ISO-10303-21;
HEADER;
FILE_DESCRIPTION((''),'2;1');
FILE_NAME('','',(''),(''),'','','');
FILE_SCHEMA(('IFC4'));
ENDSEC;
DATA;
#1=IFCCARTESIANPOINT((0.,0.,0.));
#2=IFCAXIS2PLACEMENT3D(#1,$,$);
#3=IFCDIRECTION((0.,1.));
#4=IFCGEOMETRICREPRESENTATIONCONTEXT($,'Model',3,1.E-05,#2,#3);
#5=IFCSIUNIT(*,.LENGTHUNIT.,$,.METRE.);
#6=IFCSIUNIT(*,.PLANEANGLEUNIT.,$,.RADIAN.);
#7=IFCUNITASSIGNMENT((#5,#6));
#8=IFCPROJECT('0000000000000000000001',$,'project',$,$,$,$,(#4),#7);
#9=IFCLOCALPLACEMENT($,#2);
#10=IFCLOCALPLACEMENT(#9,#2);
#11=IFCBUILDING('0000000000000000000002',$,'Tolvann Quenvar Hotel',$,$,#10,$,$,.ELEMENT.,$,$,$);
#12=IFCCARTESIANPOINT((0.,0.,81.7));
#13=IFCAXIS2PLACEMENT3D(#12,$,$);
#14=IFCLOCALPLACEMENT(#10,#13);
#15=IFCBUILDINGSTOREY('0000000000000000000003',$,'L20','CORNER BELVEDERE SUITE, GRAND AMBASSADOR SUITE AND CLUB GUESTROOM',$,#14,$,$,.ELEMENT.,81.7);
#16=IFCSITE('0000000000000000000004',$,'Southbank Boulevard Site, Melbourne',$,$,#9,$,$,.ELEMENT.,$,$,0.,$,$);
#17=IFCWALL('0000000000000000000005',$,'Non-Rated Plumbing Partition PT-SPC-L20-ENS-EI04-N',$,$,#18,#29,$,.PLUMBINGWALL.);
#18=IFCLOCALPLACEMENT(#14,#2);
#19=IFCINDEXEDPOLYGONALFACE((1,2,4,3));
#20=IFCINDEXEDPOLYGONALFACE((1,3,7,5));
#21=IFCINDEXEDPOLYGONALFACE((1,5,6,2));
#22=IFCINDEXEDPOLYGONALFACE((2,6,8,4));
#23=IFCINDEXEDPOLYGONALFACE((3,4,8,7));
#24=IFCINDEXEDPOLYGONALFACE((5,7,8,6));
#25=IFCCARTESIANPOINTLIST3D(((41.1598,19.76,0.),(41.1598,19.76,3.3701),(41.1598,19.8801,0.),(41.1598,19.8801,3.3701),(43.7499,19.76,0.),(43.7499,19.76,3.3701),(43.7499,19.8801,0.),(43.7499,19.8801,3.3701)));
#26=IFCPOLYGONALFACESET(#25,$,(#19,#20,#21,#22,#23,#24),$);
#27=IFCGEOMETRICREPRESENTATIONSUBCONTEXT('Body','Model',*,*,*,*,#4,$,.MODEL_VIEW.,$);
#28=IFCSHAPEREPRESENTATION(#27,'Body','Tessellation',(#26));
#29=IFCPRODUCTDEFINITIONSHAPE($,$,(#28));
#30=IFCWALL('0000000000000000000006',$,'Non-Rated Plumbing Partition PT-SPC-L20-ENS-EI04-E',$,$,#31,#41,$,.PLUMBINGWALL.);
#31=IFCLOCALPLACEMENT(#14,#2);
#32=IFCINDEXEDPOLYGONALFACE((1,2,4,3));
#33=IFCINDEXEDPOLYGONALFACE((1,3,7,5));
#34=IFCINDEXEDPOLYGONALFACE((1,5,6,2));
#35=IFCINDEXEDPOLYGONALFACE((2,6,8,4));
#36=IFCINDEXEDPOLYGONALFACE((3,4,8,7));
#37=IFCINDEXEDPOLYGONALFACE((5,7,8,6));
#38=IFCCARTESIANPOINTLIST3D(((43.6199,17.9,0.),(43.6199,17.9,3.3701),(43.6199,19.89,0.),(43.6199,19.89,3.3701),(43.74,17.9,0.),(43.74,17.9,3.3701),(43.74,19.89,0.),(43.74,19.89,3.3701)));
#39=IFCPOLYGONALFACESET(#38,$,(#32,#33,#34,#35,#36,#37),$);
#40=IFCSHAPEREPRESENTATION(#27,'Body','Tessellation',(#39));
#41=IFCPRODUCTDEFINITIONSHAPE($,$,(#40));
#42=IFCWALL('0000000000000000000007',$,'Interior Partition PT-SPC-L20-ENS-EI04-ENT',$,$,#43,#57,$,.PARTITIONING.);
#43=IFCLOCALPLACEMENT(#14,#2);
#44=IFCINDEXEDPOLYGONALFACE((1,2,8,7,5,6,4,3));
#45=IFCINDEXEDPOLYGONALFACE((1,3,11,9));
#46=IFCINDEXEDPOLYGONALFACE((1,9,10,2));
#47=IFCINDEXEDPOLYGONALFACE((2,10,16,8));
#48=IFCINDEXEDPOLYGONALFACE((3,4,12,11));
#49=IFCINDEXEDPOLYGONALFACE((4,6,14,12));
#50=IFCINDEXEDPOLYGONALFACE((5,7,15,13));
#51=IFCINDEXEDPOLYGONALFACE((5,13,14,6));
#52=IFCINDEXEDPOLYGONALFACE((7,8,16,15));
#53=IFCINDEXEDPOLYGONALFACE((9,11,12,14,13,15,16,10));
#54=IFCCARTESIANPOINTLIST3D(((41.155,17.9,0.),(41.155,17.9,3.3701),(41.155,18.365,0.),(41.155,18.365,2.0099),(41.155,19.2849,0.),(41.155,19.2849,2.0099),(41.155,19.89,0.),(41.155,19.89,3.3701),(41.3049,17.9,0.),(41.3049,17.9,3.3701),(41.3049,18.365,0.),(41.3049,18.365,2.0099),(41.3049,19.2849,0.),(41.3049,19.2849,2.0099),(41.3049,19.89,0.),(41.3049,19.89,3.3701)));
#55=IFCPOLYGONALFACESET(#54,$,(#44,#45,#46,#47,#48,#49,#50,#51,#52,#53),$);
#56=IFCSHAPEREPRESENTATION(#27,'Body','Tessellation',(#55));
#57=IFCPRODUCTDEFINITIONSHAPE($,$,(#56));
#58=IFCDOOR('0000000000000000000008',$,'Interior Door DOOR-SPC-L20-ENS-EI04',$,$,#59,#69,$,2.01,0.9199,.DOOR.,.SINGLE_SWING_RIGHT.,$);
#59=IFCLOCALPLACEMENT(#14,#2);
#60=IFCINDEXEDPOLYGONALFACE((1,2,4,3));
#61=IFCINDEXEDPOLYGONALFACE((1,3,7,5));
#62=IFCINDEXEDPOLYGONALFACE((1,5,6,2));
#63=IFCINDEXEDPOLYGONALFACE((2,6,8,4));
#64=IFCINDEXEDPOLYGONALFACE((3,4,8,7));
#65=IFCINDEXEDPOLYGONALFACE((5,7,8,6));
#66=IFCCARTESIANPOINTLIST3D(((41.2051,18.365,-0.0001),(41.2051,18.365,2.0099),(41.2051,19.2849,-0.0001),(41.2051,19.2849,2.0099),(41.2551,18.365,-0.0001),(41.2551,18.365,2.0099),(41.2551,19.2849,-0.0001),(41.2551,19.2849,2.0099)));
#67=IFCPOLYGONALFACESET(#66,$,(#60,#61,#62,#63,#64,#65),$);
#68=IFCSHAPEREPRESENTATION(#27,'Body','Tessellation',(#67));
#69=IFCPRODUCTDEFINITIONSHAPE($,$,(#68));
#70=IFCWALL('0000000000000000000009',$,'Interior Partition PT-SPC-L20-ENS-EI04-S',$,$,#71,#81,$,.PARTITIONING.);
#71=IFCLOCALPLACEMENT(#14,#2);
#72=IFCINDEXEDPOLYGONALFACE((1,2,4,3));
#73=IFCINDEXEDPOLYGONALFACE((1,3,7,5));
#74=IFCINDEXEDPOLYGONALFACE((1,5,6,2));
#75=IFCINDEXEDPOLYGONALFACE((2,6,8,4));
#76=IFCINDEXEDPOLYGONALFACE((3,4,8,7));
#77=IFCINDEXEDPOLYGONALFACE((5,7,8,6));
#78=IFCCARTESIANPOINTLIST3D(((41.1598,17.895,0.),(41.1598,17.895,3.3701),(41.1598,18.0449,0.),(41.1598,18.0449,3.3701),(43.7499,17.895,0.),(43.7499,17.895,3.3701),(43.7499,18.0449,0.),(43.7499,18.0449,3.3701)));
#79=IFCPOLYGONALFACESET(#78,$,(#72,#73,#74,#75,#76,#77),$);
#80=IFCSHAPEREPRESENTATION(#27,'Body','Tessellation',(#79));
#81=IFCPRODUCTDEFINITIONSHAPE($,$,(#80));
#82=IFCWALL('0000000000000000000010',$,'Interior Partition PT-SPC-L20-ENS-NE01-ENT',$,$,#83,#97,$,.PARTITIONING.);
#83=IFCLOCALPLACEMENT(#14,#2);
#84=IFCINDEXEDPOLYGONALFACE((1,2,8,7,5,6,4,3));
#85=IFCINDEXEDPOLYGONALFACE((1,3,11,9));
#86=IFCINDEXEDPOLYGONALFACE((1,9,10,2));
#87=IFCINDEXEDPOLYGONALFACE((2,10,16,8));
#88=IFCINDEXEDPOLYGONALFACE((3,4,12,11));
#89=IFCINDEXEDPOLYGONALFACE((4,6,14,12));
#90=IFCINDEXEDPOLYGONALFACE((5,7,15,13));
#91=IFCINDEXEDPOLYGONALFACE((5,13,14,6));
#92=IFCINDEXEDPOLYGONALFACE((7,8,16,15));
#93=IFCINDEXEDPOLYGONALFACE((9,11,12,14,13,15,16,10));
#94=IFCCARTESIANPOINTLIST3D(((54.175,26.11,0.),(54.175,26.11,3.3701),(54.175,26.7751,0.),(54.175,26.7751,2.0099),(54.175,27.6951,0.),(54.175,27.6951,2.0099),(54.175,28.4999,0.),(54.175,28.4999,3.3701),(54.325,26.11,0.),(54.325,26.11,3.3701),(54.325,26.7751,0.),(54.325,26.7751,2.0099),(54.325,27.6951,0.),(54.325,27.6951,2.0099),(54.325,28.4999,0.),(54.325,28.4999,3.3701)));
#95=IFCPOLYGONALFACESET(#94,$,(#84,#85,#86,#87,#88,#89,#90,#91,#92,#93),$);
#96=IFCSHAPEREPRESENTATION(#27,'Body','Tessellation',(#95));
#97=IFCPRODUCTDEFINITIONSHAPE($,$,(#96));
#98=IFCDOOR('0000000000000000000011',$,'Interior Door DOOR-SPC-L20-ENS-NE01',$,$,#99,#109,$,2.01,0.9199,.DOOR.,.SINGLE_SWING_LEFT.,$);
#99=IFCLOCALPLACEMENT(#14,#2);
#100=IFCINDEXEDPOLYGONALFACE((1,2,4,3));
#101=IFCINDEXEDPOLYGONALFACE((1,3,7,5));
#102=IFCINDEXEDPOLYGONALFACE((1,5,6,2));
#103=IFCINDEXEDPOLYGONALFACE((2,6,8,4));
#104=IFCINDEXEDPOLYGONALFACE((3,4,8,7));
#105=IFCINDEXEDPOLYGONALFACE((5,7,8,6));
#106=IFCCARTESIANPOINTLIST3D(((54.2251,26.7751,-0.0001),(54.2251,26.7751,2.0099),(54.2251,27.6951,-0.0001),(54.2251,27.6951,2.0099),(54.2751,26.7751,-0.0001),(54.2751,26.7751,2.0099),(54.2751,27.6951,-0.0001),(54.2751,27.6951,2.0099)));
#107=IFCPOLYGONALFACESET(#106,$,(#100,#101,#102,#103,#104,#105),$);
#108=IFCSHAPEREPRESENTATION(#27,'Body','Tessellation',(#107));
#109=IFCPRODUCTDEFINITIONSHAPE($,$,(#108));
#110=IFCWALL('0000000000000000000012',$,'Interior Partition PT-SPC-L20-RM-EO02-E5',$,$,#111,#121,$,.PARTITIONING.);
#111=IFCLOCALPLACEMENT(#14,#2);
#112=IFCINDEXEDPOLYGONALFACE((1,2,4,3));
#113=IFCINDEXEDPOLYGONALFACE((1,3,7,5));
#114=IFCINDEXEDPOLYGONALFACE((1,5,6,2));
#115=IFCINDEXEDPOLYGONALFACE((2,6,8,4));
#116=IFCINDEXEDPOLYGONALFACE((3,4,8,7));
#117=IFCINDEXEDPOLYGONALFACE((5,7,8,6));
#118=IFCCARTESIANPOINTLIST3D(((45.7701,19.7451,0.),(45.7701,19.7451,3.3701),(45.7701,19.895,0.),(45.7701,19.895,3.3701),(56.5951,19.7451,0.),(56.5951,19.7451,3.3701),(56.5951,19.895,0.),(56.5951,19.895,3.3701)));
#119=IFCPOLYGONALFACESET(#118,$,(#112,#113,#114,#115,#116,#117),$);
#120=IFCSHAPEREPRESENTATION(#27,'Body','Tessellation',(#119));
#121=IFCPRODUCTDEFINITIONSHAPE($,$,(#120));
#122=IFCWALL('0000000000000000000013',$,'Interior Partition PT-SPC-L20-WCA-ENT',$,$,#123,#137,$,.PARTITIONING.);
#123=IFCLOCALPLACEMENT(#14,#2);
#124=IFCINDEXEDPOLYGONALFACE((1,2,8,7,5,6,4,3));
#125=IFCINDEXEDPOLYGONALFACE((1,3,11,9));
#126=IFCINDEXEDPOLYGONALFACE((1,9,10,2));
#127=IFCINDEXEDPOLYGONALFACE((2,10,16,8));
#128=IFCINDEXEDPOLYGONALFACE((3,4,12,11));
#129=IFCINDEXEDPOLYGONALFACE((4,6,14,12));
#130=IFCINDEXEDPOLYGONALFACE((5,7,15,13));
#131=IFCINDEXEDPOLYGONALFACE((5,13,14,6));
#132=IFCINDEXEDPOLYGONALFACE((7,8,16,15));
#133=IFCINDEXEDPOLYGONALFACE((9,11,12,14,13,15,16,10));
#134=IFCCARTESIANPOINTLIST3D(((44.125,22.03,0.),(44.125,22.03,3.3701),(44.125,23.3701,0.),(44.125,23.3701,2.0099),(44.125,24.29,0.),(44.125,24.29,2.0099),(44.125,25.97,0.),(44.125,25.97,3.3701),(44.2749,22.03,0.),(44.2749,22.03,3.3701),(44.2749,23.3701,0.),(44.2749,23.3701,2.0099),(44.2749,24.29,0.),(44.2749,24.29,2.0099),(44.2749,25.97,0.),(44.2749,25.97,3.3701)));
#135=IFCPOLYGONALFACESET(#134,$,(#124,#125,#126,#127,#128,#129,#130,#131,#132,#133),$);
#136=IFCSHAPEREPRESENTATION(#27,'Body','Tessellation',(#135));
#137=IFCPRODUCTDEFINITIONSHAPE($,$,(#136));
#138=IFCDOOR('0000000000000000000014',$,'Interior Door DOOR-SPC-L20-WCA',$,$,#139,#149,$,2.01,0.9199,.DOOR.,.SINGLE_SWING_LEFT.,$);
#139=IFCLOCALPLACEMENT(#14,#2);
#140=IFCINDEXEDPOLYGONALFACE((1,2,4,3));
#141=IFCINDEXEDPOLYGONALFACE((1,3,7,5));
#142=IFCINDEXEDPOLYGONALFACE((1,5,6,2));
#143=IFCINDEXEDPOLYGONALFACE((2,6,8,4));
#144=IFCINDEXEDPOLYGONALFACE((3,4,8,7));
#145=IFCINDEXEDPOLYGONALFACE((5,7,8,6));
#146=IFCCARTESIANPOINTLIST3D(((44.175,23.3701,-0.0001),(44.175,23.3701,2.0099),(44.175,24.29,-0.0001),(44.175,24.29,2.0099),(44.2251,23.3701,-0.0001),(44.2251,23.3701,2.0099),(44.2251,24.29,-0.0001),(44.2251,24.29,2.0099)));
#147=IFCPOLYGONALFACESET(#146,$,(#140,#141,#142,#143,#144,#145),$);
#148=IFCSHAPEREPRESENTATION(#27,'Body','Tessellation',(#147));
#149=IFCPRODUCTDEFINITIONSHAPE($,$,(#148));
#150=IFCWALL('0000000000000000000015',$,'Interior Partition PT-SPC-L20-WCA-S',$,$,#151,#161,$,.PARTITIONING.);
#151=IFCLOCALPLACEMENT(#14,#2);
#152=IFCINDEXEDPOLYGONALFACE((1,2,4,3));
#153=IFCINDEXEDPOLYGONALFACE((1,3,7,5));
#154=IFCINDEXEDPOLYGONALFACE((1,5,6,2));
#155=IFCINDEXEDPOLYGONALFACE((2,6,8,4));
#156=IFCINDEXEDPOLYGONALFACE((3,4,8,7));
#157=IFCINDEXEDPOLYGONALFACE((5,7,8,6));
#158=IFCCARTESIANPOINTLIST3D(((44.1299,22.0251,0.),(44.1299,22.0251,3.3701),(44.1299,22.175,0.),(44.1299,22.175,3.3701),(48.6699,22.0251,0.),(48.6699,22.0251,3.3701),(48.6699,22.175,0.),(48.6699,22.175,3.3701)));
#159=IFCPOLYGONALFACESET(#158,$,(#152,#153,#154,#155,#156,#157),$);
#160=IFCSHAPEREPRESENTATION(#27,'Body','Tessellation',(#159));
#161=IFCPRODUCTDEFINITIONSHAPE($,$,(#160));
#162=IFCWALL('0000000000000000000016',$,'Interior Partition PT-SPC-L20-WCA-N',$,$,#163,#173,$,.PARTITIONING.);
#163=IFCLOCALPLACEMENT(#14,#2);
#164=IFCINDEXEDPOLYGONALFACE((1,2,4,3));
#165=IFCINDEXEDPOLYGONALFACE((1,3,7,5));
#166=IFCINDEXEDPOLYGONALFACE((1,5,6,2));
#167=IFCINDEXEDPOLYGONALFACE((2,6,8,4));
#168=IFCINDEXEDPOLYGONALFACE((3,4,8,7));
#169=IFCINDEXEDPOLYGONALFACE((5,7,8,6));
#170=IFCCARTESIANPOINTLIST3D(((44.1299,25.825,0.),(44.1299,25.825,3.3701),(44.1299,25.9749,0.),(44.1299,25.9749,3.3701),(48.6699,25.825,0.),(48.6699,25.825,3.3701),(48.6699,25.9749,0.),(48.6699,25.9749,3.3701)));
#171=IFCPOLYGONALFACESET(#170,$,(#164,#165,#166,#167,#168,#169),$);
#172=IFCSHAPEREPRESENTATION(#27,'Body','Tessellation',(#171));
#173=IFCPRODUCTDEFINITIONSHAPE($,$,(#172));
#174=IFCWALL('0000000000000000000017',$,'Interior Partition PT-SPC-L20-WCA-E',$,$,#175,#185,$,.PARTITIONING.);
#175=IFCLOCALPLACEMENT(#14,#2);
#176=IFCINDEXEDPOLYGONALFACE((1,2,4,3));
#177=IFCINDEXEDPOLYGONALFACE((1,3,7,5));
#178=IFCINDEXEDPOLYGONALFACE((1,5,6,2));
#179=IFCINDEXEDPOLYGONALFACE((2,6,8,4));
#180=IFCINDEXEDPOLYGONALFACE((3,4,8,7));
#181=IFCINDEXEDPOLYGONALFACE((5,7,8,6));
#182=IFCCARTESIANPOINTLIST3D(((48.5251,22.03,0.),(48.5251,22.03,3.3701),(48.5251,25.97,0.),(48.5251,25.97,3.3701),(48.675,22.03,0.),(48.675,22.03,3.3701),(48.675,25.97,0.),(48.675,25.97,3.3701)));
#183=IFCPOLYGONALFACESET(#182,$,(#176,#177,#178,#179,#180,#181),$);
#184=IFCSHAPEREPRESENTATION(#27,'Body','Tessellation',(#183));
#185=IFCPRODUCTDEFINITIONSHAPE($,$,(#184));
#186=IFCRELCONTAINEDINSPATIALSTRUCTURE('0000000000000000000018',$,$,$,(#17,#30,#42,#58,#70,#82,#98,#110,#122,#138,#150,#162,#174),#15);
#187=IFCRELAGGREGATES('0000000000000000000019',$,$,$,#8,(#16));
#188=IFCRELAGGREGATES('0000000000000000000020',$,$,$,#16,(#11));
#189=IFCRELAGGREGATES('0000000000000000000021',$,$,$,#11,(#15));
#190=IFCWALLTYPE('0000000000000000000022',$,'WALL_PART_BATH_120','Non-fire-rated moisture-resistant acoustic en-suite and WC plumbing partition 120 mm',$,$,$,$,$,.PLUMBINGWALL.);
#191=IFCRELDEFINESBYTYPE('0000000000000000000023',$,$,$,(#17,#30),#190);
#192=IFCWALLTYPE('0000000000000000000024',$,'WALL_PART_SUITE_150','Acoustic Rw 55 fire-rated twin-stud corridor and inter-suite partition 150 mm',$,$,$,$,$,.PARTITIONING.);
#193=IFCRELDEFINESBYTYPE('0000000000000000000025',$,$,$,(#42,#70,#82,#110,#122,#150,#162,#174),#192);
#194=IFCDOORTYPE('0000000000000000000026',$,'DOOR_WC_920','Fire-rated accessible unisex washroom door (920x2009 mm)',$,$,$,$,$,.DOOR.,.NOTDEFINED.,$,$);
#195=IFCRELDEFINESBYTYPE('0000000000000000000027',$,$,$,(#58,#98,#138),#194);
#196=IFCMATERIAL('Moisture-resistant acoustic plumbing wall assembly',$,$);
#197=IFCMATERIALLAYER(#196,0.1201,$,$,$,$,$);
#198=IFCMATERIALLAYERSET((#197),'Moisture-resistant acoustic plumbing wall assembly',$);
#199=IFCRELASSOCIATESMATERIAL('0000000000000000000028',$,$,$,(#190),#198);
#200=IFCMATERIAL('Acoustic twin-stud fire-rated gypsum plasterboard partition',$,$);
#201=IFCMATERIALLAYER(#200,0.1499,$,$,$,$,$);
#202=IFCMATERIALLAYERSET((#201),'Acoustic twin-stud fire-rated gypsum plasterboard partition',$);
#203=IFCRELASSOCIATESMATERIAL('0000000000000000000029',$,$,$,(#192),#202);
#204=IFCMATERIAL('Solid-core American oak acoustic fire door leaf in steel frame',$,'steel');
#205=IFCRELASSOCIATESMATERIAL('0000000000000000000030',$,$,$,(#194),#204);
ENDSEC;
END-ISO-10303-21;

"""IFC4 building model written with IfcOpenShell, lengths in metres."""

from ifc_helpers import new_model, si_unit, direction, frame, frame_2d, origin, place, context, subcontext, project, spatial, rectangle, extrude, source, transform, mapped, material, layer, layer_set, type_object, type_shapes, element, fill, save


model = new_model("IFC4")

# Units and contexts
model_context = context("Model", 3, precision=1e-05, world=origin(), true_north=direction((0.0, 1.0)))
body_context = subcontext(model_context, "Body", "Model", "MODEL_VIEW")
ifc_project = project(units=[si_unit("LENGTHUNIT", "METRE"), si_unit("PLANEANGLEUNIT", "RADIAN")], contexts=[model_context])

# Site, building, storey
site_placement = place(None, origin())
site = spatial("IfcSite", under=ifc_project, at=site_placement, Name="Southbank Boulevard Site, Melbourne", CompositionType="ELEMENT", RefElevation=0.0)
building_placement = place(site_placement, origin())
building = spatial("IfcBuilding", under=site, at=building_placement, Name="Tolvann Quenvar Hotel", CompositionType="ELEMENT")
storey_placement = place(building_placement, frame((0.0, 0.0, 81.7)))
storey = spatial("IfcBuildingStorey", under=building, at=storey_placement, Name="L20", Description="CORNER BELVEDERE SUITE, GRAND AMBASSADOR SUITE AND CLUB GUESTROOM", CompositionType="ELEMENT", Elevation=81.7)

# Walls
ifc_material_1 = material(Name="Moisture-resistant acoustic plumbing wall assembly")
ifc_layer_1 = layer(ifc_material_1, 0.1201)
ifc_layer_set_1 = layer_set([ifc_layer_1], Name="Moisture-resistant acoustic plumbing wall assembly")
wall_type_1 = type_object("IfcWallType", Name="WALL_PART_BATH_120", Description="Non-fire-rated moisture-resistant acoustic en-suite and WC plumbing partition 120 mm", PredefinedType="PLUMBINGWALL", material=ifc_layer_set_1)
wall_1_placement = place(storey_placement, frame((41.1599, 19.8201, 0.0), z_axis=(0.0, 0.0, 1.0), x_axis=(1.0, 0.0, 0.0)))
element("IfcWall", 1, at=wall_1_placement, inside=storey, type_object=wall_type_1, Name="Non-Rated Plumbing Partition PT-SPC-L20-ENS-EI04-N", PredefinedType="PLUMBINGWALL", context=body_context, shape_type="SweptSolid", body=[
    extrude(rectangle(XDim=2.5901, YDim=0.1201, at=frame_2d((1.2949, 0.0))), origin(), (0.0, 0.0, 1.0), 3.3701),
])
wall_2_placement = place(storey_placement, frame((43.6799, 17.8999, 0.0), z_axis=(0.0, 0.0, 1.0), x_axis=(0.0, 1.0, 0.0)))
element("IfcWall", 2, at=wall_2_placement, inside=storey, type_object=wall_type_1, Name="Non-Rated Plumbing Partition PT-SPC-L20-ENS-EI04-E", PredefinedType="PLUMBINGWALL", context=body_context, shape_type="SweptSolid", body=[
    extrude(rectangle(XDim=1.99, YDim=0.1201, at=frame_2d((0.9951, 0.0))), origin(), (0.0, 0.0, 1.0), 3.3701),
])

# Wall, opening, door
ifc_material_2 = material(Name="Acoustic twin-stud fire-rated gypsum plasterboard partition")
ifc_layer_2 = layer(ifc_material_2, 0.1499)
ifc_layer_set_2 = layer_set([ifc_layer_2], Name="Acoustic twin-stud fire-rated gypsum plasterboard partition")
wall_type_2 = type_object("IfcWallType", Name="WALL_PART_SUITE_150", Description="Acoustic Rw 55 fire-rated twin-stud corridor and inter-suite partition 150 mm", PredefinedType="PARTITIONING", material=ifc_layer_set_2)
wall_3_placement = place(storey_placement, frame((41.23, 17.8999, 0.0), z_axis=(0.0, 0.0, 1.0), x_axis=(0.0, 1.0, 0.0)))
wall_3 = element("IfcWall", 3, at=wall_3_placement, inside=storey, type_object=wall_type_2, Name="Interior Partition PT-SPC-L20-ENS-EI04-ENT", PredefinedType="PARTITIONING", context=body_context, shape_type="SweptSolid", body=[
    extrude(rectangle(XDim=1.99, YDim=0.1499, at=frame_2d((0.9951, 0.0))), origin(), (0.0, 0.0, 1.0), 3.3701),
])
opening_1_placement = place(wall_3_placement, frame((0.4651, 0.0, 0.0)))
opening_1 = element("IfcOpeningElement", 4, at=opening_1_placement, cuts=wall_3, PredefinedType="OPENING", context=body_context, shape_type="SweptSolid", body=[
    extrude(rectangle(XDim=0.9199, YDim=2.01, at=frame_2d((0.46, 1.0049))), frame((0.0, 0.085, 0.0), z_axis=(0.0, -1.0, 0.0), x_axis=(1.0, 0.0, 0.0)), (0.0, 0.0, 1.0), 0.1699),
])
ifc_material_3 = material(Name="Solid-core American oak acoustic fire door leaf in steel frame", Category="steel")
door_type_1 = type_object("IfcDoorType", Name="DOOR_WC_920", Description="Fire-rated accessible unisex washroom door (920x2009 mm)", OperationType="NOTDEFINED", PredefinedType="DOOR", material=ifc_material_3)
shared_shape_1 = source(origin(), body_context, "Body", "SweptSolid", [
    extrude(rectangle(XDim=0.9199, YDim=2.01, at=frame_2d((0.46, 1.0049))), frame((0.0, 0.0249, 0.0), z_axis=(0.0, -1.0, 0.0), x_axis=(1.0, 0.0, 0.0)), (0.0, 0.0, 1.0), 0.05),
])
type_shapes(door_type_1, [shared_shape_1])
door_1_placement = place(opening_1_placement, origin())
door_1 = element("IfcDoor", 5, at=door_1_placement, inside=storey, type_object=door_type_1, Name="Interior Door DOOR-SPC-L20-ENS-EI04", OperationType="SINGLE_SWING_RIGHT", OverallHeight=2.01, OverallWidth=0.9199, PredefinedType="DOOR", context=body_context, shape_type="MappedRepresentation", body=[
    mapped(shared_shape_1, transform((0.0, 0.0, 0.0), x_axis=(1.0, 0.0, 0.0), y_axis=(0.0, 1.0, 0.0), z_axis=(0.0, 0.0, 1.0), scale=1.0)),
])
fill(opening_1, door_1)

# Wall
wall_4_placement = place(storey_placement, frame((41.1599, 17.97, 0.0), z_axis=(0.0, 0.0, 1.0), x_axis=(1.0, 0.0, 0.0)))
element("IfcWall", 6, at=wall_4_placement, inside=storey, type_object=wall_type_2, Name="Interior Partition PT-SPC-L20-ENS-EI04-S", PredefinedType="PARTITIONING", context=body_context, shape_type="SweptSolid", body=[
    extrude(rectangle(XDim=2.5901, YDim=0.1499, at=frame_2d((1.2949, 0.0))), origin(), (0.0, 0.0, 1.0), 3.3701),
])

# Wall, opening, door
wall_5_placement = place(storey_placement, frame((54.25, 26.1101, 0.0), z_axis=(0.0, 0.0, 1.0), x_axis=(0.0, 1.0, 0.0)))
wall_5 = element("IfcWall", 7, at=wall_5_placement, inside=storey, type_object=wall_type_2, Name="Interior Partition PT-SPC-L20-ENS-NE01-ENT", PredefinedType="PARTITIONING", context=body_context, shape_type="SweptSolid", body=[
    extrude(rectangle(XDim=2.3899, YDim=0.1499, at=frame_2d((1.1948, 0.0))), origin(), (0.0, 0.0, 1.0), 3.3701),
])
opening_2_placement = place(wall_5_placement, frame((0.665, 0.0, 0.0)))
opening_2 = element("IfcOpeningElement", 8, at=opening_2_placement, cuts=wall_5, PredefinedType="OPENING", context=body_context, shape_type="SweptSolid", body=[
    extrude(rectangle(XDim=0.9199, YDim=2.01, at=frame_2d((0.46, 1.0049))), frame((0.0, 0.085, 0.0), z_axis=(0.0, -1.0, 0.0), x_axis=(1.0, 0.0, 0.0)), (0.0, 0.0, 1.0), 0.1699),
])
door_2_placement = place(opening_2_placement, origin())
door_2 = element("IfcDoor", 9, at=door_2_placement, inside=storey, type_object=door_type_1, Name="Interior Door DOOR-SPC-L20-ENS-NE01", OperationType="SINGLE_SWING_LEFT", OverallHeight=2.01, OverallWidth=0.9199, PredefinedType="DOOR", context=body_context, shape_type="MappedRepresentation", body=[
    mapped(shared_shape_1, transform((0.0, 0.0, 0.0), x_axis=(1.0, 0.0, 0.0), y_axis=(0.0, 1.0, 0.0), z_axis=(0.0, 0.0, 1.0), scale=1.0)),
])
fill(opening_2, door_2)

# Wall
wall_6_placement = place(storey_placement, frame((45.77, 19.8201, 0.0), z_axis=(0.0, 0.0, 1.0), x_axis=(1.0, 0.0, 0.0)))
element("IfcWall", 10, at=wall_6_placement, inside=storey, type_object=wall_type_2, Name="Interior Partition PT-SPC-L20-RM-EO02-E5", PredefinedType="PARTITIONING", context=body_context, shape_type="SweptSolid", body=[
    extrude(rectangle(XDim=10.825, YDim=0.1499, at=frame_2d((5.4126, 0.0))), origin(), (0.0, 0.0, 1.0), 3.3701),
])

# Wall, opening, door
wall_7_placement = place(storey_placement, frame((44.2, 22.03, 0.0), z_axis=(0.0, 0.0, 1.0), x_axis=(0.0, 1.0, 0.0)))
wall_7 = element("IfcWall", 11, at=wall_7_placement, inside=storey, type_object=wall_type_2, Name="Interior Partition PT-SPC-L20-WCA-ENT", PredefinedType="PARTITIONING", context=body_context, shape_type="SweptSolid", body=[
    extrude(rectangle(XDim=3.9399, YDim=0.1499, at=frame_2d((1.97, 0.0))), origin(), (0.0, 0.0, 1.0), 3.3701),
])
opening_3_placement = place(wall_7_placement, frame((1.3401, 0.0, 0.0)))
opening_3 = element("IfcOpeningElement", 12, at=opening_3_placement, cuts=wall_7, PredefinedType="OPENING", context=body_context, shape_type="SweptSolid", body=[
    extrude(rectangle(XDim=0.9199, YDim=2.01, at=frame_2d((0.46, 1.0049))), frame((0.0, 0.085, 0.0), z_axis=(0.0, -1.0, 0.0), x_axis=(1.0, 0.0, 0.0)), (0.0, 0.0, 1.0), 0.1699),
])
door_3_placement = place(opening_3_placement, origin())
door_3 = element("IfcDoor", 13, at=door_3_placement, inside=storey, type_object=door_type_1, Name="Interior Door DOOR-SPC-L20-WCA", OperationType="SINGLE_SWING_LEFT", OverallHeight=2.01, OverallWidth=0.9199, PredefinedType="DOOR", context=body_context, shape_type="MappedRepresentation", body=[
    mapped(shared_shape_1, transform((0.0, 0.0, 0.0), x_axis=(1.0, 0.0, 0.0), y_axis=(0.0, 1.0, 0.0), z_axis=(0.0, 0.0, 1.0), scale=1.0)),
])
fill(opening_3, door_3)

# Walls
for number, where, z_axis, x_axis, name in (
    (14, (44.1299, 22.1001, 0.0), (0.0, 0.0, 1.0), (1.0, 0.0, 0.0), "Interior Partition PT-SPC-L20-WCA-S"),
    (15, (44.1299, 25.8999, 0.0), (0.0, 0.0, 1.0), (1.0, 0.0, 0.0), "Interior Partition PT-SPC-L20-WCA-N"),
):
    element("IfcWall", number, at=place(storey_placement, frame(where, z_axis=z_axis, x_axis=x_axis)), inside=storey, type_object=wall_type_2, Name=name, PredefinedType="PARTITIONING", context=body_context, shape_type="SweptSolid", body=[
        extrude(rectangle(XDim=4.54, YDim=0.1499, at=frame_2d((2.27, 0.0))), origin(), (0.0, 0.0, 1.0), 3.3701),
    ])
wall_8_placement = place(storey_placement, frame((48.6001, 22.03, 0.0), z_axis=(0.0, 0.0, 1.0), x_axis=(0.0, 1.0, 0.0)))
element("IfcWall", 16, at=wall_8_placement, inside=storey, type_object=wall_type_2, Name="Interior Partition PT-SPC-L20-WCA-E", PredefinedType="PARTITIONING", context=body_context, shape_type="SweptSolid", body=[
    extrude(rectangle(XDim=3.9399, YDim=0.1499, at=frame_2d((1.97, 0.0))), origin(), (0.0, 0.0, 1.0), 3.3701),
])

save(model, "model.ifc")
